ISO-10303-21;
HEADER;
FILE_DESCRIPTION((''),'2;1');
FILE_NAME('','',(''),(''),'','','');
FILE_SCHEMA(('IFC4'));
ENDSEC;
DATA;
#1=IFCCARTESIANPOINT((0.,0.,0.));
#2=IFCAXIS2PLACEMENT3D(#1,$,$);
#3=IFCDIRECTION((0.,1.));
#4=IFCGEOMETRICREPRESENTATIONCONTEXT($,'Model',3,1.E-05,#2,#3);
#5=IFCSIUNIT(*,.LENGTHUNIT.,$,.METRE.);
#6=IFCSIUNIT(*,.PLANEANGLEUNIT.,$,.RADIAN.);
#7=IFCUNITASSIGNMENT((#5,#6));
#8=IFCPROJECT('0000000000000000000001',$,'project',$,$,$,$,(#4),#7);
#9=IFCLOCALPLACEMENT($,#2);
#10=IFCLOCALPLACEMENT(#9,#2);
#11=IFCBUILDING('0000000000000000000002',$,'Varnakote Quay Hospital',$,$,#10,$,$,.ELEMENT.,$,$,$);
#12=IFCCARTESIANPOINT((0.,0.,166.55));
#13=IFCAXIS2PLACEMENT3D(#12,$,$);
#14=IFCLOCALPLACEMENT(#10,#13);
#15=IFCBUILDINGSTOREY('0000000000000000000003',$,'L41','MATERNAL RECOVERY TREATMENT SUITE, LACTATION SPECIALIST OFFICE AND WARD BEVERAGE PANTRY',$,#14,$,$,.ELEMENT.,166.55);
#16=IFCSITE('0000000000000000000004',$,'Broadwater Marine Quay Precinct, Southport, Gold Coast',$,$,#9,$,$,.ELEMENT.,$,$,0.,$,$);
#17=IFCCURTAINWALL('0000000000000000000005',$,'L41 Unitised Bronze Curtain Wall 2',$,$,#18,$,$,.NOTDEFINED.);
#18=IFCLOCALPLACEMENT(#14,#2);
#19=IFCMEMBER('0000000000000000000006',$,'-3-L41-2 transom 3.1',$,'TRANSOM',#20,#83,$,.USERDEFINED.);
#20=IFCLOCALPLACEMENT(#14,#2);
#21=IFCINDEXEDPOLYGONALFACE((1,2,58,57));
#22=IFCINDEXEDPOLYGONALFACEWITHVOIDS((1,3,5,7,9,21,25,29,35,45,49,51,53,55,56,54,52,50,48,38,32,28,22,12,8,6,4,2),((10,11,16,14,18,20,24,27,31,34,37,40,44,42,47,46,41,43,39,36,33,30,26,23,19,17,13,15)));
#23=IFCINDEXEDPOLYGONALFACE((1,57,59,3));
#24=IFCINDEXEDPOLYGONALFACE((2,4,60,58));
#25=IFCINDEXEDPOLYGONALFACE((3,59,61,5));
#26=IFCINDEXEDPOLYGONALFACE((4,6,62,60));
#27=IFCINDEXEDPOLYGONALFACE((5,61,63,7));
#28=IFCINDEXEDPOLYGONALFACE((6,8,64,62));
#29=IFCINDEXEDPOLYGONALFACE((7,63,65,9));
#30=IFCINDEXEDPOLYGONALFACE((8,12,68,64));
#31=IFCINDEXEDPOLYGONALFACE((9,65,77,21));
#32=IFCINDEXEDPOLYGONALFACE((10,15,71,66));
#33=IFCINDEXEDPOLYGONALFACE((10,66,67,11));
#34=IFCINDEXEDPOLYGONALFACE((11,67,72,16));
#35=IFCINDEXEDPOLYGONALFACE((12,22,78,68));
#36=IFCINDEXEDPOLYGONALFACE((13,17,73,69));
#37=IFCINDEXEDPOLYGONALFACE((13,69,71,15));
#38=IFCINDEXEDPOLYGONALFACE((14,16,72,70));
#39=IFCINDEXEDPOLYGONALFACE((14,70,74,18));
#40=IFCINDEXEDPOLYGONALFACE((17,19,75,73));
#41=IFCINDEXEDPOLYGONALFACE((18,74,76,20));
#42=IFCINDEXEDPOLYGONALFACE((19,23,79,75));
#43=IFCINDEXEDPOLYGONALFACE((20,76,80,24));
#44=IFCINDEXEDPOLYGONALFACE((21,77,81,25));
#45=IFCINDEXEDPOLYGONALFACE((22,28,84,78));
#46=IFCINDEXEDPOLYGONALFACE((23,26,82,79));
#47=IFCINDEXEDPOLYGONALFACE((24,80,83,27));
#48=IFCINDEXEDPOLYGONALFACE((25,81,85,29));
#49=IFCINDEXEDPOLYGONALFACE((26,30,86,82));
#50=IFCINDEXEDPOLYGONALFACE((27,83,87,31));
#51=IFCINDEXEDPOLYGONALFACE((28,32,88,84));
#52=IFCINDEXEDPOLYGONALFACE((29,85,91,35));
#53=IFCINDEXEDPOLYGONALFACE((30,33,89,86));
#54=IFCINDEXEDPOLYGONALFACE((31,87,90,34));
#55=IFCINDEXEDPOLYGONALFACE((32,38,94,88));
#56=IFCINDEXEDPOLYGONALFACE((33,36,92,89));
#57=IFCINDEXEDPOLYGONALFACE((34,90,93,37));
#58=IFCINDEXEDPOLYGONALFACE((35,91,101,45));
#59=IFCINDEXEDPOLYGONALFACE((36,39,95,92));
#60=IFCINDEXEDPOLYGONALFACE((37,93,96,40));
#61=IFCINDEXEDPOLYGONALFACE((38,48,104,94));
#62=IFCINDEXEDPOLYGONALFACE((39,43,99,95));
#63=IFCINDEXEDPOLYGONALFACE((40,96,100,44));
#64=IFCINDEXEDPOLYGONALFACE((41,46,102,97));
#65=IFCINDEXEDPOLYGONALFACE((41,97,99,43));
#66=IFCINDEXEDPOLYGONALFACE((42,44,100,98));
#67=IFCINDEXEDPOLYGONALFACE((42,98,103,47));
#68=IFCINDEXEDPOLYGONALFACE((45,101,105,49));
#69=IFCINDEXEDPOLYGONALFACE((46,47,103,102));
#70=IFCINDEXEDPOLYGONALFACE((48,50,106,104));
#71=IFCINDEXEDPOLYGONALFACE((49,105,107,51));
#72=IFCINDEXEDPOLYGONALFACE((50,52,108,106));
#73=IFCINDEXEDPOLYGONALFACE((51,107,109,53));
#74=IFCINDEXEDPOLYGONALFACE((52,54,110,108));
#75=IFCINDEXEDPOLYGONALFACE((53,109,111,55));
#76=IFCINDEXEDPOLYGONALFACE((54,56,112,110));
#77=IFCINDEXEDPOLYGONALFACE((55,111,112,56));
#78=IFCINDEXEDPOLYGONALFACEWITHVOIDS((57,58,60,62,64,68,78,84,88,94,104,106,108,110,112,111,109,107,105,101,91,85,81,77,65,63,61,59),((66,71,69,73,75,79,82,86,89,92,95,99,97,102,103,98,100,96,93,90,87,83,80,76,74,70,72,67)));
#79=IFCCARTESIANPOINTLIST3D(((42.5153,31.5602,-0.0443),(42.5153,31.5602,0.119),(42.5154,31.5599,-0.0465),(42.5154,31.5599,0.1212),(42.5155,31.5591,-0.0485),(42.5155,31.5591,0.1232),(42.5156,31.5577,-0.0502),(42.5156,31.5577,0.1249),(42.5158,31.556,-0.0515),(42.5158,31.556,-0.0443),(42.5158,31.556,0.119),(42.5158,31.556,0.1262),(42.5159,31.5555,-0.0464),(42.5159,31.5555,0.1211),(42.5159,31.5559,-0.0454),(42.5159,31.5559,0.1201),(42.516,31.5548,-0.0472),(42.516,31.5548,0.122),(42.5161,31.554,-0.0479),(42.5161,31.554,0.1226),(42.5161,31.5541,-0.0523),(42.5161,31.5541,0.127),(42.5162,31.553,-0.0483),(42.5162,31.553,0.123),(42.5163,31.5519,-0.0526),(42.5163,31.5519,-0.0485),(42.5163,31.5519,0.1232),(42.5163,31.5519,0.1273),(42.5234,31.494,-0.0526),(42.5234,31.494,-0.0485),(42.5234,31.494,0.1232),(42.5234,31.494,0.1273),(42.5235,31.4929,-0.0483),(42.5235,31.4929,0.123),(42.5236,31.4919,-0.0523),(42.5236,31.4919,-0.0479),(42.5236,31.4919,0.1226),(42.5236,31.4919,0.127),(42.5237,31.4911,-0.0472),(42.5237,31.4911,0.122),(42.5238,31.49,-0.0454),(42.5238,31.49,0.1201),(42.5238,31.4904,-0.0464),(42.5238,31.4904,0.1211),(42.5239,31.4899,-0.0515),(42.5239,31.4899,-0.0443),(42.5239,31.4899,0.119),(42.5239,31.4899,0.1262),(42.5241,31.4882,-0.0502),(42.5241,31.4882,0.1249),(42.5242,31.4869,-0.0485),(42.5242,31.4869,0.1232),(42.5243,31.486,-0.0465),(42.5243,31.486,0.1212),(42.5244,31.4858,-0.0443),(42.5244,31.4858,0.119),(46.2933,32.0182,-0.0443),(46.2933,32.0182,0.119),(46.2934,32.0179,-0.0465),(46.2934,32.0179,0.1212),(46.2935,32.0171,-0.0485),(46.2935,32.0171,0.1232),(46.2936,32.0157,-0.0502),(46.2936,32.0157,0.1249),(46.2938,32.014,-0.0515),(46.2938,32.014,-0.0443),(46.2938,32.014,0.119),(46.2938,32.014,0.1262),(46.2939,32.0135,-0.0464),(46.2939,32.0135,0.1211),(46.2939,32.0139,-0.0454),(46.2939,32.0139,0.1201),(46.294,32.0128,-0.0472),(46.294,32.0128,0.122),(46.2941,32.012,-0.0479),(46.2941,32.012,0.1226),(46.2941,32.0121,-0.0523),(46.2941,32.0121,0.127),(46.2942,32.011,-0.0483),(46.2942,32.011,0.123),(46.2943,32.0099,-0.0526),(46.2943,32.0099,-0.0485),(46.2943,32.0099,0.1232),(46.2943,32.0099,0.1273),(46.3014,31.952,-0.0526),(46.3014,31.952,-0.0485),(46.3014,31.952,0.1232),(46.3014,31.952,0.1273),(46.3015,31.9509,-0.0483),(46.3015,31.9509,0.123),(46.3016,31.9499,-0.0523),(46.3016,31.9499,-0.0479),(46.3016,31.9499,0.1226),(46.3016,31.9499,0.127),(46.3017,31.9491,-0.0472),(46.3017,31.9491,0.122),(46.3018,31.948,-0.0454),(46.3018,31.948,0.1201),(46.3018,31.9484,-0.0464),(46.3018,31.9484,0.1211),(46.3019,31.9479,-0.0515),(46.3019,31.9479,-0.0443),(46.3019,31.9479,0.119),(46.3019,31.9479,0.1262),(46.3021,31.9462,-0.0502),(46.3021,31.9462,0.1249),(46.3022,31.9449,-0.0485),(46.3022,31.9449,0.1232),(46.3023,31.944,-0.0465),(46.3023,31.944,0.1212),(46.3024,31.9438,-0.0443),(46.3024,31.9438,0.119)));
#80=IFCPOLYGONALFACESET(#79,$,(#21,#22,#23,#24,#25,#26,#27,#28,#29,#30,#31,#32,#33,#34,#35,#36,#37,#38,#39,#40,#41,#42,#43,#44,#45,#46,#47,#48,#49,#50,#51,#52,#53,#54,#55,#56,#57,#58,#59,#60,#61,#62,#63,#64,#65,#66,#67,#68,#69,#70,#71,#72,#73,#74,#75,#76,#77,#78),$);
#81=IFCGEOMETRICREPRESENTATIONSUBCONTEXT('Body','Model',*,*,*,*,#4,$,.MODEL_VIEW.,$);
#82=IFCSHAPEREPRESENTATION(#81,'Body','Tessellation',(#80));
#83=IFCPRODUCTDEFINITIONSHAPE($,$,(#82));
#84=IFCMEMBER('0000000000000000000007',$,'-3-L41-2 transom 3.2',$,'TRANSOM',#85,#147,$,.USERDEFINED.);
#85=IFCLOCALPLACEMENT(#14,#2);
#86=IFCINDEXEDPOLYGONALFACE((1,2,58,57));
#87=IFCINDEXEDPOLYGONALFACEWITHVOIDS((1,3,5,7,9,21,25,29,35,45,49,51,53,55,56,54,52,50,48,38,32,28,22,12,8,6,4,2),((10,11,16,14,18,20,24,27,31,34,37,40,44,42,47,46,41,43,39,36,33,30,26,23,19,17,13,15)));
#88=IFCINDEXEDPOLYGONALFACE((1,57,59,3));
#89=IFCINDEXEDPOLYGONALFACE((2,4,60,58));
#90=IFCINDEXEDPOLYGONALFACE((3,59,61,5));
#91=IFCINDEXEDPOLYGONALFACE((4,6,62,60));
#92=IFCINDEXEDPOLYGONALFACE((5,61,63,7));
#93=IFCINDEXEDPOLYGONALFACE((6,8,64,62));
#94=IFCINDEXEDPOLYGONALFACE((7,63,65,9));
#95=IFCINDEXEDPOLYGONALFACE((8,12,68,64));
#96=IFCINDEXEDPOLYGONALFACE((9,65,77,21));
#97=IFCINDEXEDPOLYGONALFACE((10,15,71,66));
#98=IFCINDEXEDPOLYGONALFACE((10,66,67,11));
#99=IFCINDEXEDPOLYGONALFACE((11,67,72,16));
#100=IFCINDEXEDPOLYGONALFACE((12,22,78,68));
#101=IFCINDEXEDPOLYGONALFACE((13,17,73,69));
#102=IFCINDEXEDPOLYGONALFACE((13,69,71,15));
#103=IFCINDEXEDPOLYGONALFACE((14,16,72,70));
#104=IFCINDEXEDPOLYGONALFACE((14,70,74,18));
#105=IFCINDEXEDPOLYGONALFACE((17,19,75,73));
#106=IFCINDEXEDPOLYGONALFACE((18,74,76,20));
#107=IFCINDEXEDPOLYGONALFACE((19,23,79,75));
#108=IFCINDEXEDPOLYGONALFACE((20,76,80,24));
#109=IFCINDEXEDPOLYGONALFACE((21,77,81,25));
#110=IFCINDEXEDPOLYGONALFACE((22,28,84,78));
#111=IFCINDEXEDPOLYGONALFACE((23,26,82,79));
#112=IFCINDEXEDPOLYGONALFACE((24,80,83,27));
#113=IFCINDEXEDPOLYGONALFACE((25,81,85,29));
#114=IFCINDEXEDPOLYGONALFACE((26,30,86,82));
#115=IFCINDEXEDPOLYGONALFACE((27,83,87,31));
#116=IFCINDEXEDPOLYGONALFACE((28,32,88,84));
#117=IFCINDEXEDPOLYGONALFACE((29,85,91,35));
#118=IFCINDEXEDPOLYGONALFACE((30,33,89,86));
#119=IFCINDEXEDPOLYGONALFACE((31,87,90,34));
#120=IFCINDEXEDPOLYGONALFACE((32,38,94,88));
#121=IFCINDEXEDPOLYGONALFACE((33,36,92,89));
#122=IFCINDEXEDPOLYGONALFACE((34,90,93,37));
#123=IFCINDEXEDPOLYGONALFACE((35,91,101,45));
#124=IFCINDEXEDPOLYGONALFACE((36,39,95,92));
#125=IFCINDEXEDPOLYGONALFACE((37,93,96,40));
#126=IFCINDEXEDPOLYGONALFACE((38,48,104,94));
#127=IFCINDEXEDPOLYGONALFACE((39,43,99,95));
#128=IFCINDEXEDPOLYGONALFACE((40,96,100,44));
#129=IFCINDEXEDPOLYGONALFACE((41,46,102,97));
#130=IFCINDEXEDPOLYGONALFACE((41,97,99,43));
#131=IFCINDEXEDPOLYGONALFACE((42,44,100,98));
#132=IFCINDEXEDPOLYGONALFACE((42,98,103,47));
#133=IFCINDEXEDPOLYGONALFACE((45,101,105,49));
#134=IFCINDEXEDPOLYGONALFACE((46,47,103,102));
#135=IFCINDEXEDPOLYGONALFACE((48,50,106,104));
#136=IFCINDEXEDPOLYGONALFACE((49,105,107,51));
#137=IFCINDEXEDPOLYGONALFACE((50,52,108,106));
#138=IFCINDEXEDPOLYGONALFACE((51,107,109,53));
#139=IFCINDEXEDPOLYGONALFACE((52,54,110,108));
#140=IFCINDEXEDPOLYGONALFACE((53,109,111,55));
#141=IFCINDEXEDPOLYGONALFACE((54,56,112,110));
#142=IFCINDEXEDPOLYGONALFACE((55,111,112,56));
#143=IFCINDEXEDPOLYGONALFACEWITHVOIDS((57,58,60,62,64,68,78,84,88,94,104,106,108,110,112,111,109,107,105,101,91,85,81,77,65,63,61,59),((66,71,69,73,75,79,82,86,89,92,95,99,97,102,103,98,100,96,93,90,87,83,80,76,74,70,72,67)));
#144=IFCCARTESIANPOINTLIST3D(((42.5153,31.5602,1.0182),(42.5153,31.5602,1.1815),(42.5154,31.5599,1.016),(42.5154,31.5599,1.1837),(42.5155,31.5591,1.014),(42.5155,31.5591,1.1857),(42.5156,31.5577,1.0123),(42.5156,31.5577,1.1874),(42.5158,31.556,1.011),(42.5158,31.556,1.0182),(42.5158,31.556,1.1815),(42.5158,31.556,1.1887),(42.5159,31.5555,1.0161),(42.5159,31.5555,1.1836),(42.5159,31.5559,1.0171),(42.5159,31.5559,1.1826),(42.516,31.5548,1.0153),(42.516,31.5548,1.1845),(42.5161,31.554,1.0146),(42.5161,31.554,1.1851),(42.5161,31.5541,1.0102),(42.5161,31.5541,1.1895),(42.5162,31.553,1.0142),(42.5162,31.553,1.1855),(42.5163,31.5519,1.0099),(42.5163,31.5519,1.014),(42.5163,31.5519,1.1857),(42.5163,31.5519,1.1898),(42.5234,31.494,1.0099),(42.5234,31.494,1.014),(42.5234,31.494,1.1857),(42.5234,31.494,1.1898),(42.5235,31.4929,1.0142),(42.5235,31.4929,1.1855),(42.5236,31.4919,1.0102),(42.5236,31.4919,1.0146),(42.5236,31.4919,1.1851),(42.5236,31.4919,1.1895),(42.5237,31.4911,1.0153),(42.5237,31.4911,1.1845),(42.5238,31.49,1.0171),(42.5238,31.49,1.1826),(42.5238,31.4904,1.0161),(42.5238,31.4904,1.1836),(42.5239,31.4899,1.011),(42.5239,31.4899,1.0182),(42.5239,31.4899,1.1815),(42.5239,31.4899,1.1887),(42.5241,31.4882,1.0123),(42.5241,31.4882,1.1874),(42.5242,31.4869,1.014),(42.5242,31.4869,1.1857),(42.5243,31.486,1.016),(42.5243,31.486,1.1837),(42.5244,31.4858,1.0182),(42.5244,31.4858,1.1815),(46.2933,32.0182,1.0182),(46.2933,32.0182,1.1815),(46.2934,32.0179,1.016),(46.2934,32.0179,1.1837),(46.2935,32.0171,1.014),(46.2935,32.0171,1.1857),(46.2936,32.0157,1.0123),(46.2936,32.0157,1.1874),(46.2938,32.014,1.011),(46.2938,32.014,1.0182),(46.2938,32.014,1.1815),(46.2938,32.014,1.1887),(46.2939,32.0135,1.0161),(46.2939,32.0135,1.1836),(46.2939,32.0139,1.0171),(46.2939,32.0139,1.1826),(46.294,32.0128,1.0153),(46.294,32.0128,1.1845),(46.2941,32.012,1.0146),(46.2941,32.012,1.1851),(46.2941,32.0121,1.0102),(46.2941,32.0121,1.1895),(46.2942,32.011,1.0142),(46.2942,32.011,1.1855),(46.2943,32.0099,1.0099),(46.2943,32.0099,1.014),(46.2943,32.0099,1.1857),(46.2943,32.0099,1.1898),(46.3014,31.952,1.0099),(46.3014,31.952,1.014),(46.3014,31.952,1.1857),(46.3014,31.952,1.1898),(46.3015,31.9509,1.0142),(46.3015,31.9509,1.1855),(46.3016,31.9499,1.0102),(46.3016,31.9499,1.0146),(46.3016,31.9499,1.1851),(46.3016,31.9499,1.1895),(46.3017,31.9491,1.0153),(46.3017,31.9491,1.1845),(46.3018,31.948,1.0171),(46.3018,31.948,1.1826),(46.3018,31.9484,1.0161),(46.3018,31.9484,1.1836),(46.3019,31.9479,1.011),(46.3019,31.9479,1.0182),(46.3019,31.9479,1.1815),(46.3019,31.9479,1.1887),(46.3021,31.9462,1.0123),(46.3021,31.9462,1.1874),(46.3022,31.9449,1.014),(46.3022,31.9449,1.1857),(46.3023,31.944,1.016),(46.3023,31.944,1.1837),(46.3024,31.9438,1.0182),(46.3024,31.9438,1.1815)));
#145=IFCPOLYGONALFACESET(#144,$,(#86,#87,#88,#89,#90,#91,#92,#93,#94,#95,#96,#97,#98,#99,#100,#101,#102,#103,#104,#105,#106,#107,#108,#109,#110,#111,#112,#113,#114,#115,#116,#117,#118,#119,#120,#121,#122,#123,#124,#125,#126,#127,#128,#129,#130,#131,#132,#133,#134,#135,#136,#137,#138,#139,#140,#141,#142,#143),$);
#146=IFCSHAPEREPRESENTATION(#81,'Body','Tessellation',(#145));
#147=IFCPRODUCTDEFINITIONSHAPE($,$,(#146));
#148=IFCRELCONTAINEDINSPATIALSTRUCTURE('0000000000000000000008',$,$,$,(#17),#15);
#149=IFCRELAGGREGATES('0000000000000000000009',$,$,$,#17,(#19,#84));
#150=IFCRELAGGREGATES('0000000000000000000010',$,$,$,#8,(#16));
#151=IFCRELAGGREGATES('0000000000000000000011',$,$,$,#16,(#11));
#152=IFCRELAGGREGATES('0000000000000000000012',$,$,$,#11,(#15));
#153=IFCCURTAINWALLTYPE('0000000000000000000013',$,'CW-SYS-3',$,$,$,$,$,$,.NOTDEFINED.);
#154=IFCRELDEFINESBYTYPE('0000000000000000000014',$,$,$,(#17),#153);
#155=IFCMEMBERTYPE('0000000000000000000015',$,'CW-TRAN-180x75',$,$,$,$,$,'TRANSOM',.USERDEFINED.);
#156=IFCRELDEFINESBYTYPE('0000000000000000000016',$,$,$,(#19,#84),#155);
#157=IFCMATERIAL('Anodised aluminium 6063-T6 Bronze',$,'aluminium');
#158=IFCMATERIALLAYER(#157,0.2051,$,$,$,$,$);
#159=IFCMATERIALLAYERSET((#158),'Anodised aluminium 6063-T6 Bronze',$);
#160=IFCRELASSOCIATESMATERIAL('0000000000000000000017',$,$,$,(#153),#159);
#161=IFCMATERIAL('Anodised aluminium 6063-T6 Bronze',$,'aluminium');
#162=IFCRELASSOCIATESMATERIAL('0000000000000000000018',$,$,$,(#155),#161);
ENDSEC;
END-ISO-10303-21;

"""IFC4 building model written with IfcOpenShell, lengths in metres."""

from ifc_helpers import new_model, si_unit, direction, frame, origin, origin_2d, place, context, subcontext, project, spatial, hollow_rectangle, extrude, material, layer, layer_set, material_profile, profile_set, type_object, element, aggregate, save


model = new_model("IFC4")

# Units and contexts
model_context = context("Model", 3, precision=1e-05, world=origin(), true_north=direction((0.0, 1.0)))
body_context = subcontext(model_context, "Body", "Model", "MODEL_VIEW")
ifc_project = project(units=[si_unit("LENGTHUNIT", "METRE"), si_unit("PLANEANGLEUNIT", "RADIAN")], contexts=[model_context])

# Site, building, storey
site_placement = place(None, origin())
site = spatial("IfcSite", under=ifc_project, at=site_placement, Name="Broadwater Marine Quay Precinct, Southport, Gold Coast", CompositionType="ELEMENT", RefElevation=0.0)
building_placement = place(site_placement, origin())
building = spatial("IfcBuilding", under=site, at=building_placement, Name="Varnakote Quay Hospital", CompositionType="ELEMENT")
storey_placement = place(building_placement, frame((0.0, 0.0, 166.55)))
storey = spatial("IfcBuildingStorey", under=building, at=storey_placement, Name="L41", Description="MATERNAL RECOVERY TREATMENT SUITE, LACTATION SPECIALIST OFFICE AND WARD BEVERAGE PANTRY", CompositionType="ELEMENT", Elevation=166.55)

# Curtain wall, members
ifc_material_1 = material(Name="Anodised aluminium 6063-T6 Bronze", Category="aluminium")
ifc_layer_1 = layer(ifc_material_1, 0.2051)
ifc_layer_set_1 = layer_set([ifc_layer_1], Name="Anodised aluminium 6063-T6 Bronze")
curtain_wall_type = type_object("IfcCurtainWallType", Name="CW-SYS-3", PredefinedType="NOTDEFINED", material=ifc_layer_set_1)
curtain_wall_placement = place(storey_placement, origin())
curtain_wall = element("IfcCurtainWall", 1, at=curtain_wall_placement, inside=storey, type_object=curtain_wall_type, Name="L41 Unitised Bronze Curtain Wall 2", PredefinedType="NOTDEFINED")
ifc_material_2 = material(Name="Anodised aluminium 6063-T6 Bronze", Category="aluminium")
ifc_material_profile_1 = material_profile(ifc_material_2, hollow_rectangle(XDim=0.075, YDim=0.1799, WallThickness=0.0042, InnerFilletRadius=0.0042, OuterFilletRadius=0.0083, at=origin_2d()), Name="CW-TRAN-180x75")
ifc_profile_set_1 = profile_set([ifc_material_profile_1], Name="Anodised aluminium 6063-T6 Bronze")
member_type_1 = type_object("IfcMemberType", Name="CW-TRAN-180x75", ElementType="TRANSOM", PredefinedType="USERDEFINED", material=ifc_profile_set_1)
member_1_placement = place(storey_placement, frame((46.2979, 31.981, 0.0374), z_axis=(-0.992732, -0.120347, 0.0), x_axis=(0.120347, -0.992732, 0.0)))
member_1 = element("IfcMember", 2, at=member_1_placement, type_object=member_type_1, Name="-3-L41-2 transom 3.1", ObjectType="TRANSOM", PredefinedType="USERDEFINED", context=body_context, shape_type="SweptSolid", body=[
    extrude(hollow_rectangle(XDim=0.075, YDim=0.1799, WallThickness=0.0042, InnerFilletRadius=0.0042, OuterFilletRadius=0.0083, at=origin_2d()), origin(), (0.0, 0.0, 1.0), 3.8057),
])
member_2_placement = place(storey_placement, frame((46.2979, 31.981, 1.0999), z_axis=(-0.992732, -0.120347, 0.0), x_axis=(0.120347, -0.992732, 0.0)))
member_2 = element("IfcMember", 3, at=member_2_placement, type_object=member_type_1, Name="-3-L41-2 transom 3.2", ObjectType="TRANSOM", PredefinedType="USERDEFINED", context=body_context, shape_type="SweptSolid", body=[
    extrude(hollow_rectangle(XDim=0.075, YDim=0.1799, WallThickness=0.0042, InnerFilletRadius=0.0042, OuterFilletRadius=0.0083, at=origin_2d()), origin(), (0.0, 0.0, 1.0), 3.8057),
])
aggregate(curtain_wall, [member_1, member_2])

save(model, "model.ifc")
